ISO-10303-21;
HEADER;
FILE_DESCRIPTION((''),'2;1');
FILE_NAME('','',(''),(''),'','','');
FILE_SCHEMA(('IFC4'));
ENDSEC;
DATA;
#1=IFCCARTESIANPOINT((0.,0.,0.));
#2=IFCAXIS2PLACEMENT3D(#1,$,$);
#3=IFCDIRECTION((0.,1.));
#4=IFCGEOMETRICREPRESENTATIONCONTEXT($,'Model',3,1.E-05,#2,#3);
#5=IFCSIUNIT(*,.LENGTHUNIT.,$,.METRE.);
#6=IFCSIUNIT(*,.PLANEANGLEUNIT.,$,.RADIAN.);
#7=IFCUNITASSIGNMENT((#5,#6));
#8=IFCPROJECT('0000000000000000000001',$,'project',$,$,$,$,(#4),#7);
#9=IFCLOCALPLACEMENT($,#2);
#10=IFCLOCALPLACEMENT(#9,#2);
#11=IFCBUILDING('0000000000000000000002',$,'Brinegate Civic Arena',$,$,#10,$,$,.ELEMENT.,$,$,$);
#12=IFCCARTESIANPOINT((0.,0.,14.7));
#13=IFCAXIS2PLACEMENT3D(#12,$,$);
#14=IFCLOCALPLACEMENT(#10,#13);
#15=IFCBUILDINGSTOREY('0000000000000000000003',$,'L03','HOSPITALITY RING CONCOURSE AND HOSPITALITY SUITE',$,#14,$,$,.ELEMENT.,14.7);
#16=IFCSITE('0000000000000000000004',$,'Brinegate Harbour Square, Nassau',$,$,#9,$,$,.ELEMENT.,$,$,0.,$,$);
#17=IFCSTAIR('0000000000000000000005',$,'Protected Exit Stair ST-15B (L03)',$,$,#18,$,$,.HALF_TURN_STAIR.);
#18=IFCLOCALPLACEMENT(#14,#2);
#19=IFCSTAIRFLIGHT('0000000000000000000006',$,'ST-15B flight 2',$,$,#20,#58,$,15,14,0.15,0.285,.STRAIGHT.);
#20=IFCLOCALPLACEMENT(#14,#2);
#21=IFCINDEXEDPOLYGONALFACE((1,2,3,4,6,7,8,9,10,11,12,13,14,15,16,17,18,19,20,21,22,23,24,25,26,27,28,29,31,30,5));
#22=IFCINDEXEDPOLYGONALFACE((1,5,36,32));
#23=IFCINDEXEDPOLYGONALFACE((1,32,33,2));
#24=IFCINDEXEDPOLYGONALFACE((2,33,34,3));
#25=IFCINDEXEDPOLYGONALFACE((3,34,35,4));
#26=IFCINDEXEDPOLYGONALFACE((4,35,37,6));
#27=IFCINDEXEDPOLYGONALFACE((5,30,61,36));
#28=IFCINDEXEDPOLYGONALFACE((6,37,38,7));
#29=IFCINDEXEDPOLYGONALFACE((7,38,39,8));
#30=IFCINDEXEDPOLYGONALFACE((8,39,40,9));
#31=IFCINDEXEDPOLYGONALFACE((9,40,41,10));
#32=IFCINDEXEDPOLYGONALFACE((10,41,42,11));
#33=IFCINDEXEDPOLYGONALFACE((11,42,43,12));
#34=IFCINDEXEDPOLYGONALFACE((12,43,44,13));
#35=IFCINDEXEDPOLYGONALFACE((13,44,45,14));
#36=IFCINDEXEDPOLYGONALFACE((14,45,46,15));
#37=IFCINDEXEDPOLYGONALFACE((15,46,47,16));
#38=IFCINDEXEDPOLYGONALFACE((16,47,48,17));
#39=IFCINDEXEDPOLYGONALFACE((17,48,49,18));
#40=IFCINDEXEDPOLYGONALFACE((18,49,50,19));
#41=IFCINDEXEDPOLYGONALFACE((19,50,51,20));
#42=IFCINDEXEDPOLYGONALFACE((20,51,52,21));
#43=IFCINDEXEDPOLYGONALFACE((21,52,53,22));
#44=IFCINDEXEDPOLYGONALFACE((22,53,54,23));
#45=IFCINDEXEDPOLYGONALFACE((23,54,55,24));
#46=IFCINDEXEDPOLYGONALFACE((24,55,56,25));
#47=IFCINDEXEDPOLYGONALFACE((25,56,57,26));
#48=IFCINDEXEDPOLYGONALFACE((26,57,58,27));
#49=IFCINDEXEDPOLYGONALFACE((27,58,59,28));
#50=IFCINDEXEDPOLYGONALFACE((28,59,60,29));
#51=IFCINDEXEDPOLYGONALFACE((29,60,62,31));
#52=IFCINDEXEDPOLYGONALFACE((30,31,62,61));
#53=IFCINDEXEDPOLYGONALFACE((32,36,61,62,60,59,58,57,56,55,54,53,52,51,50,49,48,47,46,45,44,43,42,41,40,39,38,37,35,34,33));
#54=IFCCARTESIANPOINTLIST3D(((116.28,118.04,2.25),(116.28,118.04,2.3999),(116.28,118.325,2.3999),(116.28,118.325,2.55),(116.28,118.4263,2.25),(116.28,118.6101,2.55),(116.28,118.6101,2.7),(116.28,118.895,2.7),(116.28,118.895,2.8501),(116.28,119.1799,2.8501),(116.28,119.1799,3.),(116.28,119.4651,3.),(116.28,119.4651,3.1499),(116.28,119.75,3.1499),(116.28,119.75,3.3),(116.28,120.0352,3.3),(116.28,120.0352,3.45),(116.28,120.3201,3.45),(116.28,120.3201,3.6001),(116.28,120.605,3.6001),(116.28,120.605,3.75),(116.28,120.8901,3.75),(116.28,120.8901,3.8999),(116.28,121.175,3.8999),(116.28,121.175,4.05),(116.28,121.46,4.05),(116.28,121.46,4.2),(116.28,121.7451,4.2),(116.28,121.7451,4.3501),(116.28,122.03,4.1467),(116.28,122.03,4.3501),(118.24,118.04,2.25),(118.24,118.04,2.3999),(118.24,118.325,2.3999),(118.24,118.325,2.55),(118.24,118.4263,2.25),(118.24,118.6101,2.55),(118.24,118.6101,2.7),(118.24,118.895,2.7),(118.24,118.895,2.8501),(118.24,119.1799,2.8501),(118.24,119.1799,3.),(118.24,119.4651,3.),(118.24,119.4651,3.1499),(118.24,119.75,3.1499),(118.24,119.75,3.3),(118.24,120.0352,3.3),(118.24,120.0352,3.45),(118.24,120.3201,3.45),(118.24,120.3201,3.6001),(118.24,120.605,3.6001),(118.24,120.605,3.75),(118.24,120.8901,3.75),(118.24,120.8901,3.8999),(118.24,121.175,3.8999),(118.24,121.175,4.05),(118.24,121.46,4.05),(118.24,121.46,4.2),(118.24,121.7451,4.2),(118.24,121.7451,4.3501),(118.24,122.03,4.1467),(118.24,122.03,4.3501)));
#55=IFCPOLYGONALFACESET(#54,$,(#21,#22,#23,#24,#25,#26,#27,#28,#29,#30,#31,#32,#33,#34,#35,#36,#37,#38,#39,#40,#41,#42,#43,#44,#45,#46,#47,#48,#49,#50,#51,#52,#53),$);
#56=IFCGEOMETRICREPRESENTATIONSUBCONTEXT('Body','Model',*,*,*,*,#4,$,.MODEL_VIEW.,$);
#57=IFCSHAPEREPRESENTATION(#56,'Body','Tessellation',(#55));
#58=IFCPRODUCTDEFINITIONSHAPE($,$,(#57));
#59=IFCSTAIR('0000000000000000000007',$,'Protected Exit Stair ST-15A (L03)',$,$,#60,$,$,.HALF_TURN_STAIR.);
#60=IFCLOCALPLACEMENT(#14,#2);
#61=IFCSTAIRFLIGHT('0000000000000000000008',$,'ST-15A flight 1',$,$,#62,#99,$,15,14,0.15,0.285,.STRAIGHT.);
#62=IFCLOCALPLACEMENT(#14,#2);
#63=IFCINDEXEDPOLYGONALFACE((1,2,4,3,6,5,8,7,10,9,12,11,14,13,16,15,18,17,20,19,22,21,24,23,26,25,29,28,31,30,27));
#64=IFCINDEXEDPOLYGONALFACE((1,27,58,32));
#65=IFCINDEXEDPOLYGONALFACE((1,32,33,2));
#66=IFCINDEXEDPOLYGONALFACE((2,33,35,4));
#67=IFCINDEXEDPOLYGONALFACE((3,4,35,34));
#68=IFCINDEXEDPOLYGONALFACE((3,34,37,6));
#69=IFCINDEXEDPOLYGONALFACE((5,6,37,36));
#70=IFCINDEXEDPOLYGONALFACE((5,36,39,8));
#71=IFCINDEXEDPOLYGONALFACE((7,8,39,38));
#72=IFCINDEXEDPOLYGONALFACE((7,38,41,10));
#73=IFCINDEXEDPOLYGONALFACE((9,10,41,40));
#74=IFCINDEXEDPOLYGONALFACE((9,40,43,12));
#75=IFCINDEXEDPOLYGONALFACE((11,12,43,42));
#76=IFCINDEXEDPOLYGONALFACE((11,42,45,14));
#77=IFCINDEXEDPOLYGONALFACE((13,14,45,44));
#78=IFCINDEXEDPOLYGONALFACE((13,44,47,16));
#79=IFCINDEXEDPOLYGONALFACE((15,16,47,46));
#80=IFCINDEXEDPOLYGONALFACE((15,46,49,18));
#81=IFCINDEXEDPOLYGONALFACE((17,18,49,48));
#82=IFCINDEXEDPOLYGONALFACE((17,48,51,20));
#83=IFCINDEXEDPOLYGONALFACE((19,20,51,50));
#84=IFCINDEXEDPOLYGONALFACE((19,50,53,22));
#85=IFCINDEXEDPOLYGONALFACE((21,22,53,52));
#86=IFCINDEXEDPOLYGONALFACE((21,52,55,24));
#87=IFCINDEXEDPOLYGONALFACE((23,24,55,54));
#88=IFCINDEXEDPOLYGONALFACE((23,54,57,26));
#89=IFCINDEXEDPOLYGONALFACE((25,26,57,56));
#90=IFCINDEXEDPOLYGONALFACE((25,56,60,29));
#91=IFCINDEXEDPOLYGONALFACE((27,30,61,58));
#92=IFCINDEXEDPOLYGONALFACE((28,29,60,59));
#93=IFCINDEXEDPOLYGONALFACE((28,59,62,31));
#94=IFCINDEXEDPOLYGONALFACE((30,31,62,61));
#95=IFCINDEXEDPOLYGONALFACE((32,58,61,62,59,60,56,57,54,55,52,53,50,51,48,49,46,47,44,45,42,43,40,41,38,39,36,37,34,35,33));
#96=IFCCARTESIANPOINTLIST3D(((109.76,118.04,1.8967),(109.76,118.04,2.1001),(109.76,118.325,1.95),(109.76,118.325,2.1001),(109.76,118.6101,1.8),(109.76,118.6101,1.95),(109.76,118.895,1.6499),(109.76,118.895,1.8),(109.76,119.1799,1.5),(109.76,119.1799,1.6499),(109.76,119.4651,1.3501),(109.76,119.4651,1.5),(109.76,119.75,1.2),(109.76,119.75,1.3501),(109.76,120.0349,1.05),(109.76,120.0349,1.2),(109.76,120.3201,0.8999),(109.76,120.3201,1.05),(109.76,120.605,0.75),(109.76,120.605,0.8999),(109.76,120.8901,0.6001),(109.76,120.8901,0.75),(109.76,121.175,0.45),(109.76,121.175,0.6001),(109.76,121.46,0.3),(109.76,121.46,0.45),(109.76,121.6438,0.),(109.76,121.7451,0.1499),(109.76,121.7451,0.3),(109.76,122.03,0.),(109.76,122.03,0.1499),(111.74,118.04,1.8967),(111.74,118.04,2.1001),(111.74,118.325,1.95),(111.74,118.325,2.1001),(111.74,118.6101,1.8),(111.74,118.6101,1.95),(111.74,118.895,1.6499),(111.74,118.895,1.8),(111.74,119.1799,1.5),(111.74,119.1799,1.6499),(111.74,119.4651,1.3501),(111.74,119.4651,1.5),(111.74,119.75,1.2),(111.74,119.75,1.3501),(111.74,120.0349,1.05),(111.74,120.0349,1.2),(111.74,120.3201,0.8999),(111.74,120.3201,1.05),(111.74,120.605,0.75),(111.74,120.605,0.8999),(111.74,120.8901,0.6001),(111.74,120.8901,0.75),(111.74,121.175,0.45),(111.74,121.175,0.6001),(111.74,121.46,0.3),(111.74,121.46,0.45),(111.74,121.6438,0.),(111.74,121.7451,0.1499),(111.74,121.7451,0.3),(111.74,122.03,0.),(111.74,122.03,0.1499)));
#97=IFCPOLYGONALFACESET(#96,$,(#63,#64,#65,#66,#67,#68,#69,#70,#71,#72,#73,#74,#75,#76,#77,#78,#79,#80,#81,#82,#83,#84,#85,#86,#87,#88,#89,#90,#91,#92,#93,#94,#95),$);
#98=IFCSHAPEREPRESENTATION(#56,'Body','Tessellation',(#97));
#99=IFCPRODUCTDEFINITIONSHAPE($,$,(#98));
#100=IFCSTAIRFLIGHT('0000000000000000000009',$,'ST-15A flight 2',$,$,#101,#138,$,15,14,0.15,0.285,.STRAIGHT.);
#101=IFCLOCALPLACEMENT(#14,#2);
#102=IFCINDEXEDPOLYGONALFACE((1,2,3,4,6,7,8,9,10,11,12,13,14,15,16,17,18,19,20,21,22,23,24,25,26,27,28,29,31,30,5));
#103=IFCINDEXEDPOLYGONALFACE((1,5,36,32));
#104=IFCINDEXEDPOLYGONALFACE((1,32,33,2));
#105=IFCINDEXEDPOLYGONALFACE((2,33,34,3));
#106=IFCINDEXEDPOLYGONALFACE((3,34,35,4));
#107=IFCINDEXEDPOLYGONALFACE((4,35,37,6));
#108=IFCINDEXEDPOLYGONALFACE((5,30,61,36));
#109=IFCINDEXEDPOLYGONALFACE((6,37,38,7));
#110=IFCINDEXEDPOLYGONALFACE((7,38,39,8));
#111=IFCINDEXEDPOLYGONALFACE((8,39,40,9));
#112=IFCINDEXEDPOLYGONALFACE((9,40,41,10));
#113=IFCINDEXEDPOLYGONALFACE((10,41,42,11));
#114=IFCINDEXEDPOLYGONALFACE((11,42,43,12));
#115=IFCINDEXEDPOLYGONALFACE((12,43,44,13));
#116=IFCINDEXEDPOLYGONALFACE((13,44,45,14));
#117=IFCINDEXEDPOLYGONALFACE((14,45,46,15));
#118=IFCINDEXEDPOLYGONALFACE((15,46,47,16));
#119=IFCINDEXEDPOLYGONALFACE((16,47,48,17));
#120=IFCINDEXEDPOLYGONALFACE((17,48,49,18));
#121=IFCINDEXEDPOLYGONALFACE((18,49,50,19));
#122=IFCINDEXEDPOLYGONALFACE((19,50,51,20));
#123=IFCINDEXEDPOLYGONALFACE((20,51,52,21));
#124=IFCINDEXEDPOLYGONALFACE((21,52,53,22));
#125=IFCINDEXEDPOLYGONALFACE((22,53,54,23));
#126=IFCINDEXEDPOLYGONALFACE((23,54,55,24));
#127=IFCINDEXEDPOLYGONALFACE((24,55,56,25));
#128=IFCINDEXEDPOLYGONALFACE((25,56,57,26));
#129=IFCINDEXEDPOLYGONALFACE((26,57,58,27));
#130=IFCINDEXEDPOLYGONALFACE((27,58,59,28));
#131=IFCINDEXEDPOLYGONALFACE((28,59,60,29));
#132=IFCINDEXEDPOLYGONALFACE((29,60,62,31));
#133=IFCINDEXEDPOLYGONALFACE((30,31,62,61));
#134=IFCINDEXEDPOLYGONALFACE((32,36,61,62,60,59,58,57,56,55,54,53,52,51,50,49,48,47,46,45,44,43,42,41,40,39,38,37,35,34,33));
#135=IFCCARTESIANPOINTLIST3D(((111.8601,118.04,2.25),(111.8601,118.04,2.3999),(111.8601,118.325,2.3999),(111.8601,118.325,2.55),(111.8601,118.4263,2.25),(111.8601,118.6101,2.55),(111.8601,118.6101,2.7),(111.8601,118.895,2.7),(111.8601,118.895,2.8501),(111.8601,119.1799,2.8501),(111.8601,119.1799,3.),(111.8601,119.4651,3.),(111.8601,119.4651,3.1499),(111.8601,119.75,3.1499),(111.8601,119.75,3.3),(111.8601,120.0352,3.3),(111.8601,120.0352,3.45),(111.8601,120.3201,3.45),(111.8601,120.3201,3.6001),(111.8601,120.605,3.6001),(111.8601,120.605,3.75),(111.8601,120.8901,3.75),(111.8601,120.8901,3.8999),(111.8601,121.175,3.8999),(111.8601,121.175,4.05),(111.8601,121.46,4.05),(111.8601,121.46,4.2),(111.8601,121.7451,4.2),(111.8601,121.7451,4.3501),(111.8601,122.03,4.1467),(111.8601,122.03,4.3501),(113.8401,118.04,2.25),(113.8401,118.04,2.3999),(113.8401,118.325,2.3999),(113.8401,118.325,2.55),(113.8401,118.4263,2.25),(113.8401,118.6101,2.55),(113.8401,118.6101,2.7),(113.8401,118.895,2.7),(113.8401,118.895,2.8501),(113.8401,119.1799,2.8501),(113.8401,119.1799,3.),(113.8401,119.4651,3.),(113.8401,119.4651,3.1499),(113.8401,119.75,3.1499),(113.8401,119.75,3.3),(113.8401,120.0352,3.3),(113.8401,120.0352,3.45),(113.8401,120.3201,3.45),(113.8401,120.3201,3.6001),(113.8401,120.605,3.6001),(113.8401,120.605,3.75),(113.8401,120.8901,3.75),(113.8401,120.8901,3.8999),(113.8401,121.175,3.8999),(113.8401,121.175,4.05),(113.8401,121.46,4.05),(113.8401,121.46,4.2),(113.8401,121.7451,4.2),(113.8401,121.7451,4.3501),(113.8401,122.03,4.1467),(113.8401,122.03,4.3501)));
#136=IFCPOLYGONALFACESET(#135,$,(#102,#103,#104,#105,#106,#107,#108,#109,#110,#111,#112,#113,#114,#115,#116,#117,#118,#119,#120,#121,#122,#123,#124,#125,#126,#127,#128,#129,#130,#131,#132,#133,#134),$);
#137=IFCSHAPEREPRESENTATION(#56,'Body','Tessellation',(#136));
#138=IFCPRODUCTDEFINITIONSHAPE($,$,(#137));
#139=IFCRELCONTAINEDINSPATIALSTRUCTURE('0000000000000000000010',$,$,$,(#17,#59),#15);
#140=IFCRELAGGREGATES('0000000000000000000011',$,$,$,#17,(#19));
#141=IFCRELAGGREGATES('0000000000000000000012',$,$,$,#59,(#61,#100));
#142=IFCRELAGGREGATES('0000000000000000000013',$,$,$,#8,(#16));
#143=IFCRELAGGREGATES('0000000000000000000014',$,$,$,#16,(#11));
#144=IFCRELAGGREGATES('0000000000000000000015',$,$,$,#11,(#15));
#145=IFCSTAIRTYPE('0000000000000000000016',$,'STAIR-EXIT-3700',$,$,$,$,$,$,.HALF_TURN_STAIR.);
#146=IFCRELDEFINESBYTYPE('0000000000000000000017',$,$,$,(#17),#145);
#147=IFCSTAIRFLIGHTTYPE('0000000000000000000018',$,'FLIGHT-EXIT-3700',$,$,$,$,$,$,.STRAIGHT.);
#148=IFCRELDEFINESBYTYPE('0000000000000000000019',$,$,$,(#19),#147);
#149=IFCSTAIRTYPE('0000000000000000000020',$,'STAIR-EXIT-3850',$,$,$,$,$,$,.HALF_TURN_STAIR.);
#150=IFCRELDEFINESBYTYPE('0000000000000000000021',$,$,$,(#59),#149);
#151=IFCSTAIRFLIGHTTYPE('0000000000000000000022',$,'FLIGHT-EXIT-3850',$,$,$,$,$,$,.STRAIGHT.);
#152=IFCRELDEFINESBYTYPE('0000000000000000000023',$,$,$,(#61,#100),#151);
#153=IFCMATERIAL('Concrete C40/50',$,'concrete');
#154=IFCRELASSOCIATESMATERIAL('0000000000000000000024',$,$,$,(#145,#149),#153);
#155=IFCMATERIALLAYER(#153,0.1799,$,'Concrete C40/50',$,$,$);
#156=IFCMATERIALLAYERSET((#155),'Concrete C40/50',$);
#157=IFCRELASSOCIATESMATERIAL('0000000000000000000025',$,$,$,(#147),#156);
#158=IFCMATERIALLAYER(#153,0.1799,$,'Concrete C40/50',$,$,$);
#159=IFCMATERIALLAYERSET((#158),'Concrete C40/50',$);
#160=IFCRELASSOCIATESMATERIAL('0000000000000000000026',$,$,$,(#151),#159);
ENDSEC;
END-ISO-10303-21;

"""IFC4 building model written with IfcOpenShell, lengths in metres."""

from ifc_helpers import new_model, si_unit, direction, frame, origin, place, context, subcontext, project, spatial, polyline, outline, extrude, material, layer, layer_set, type_object, element, aggregate, save


model = new_model("IFC4")

# Units and contexts
model_context = context("Model", 3, precision=1e-05, world=origin(), true_north=direction((0.0, 1.0)))
body_context = subcontext(model_context, "Body", "Model", "MODEL_VIEW")
ifc_project = project(units=[si_unit("LENGTHUNIT", "METRE"), si_unit("PLANEANGLEUNIT", "RADIAN")], contexts=[model_context])

# Site, building, storey
site_placement = place(None, origin())
site = spatial("IfcSite", under=ifc_project, at=site_placement, Name="Brinegate Harbour Square, Nassau", CompositionType="ELEMENT", RefElevation=0.0)
building_placement = place(site_placement, origin())
building = spatial("IfcBuilding", under=site, at=building_placement, Name="Brinegate Civic Arena", CompositionType="ELEMENT")
storey_placement = place(building_placement, frame((0.0, 0.0, 14.7)))
storey = spatial("IfcBuildingStorey", under=building, at=storey_placement, Name="L03", Description="HOSPITALITY RING CONCOURSE AND HOSPITALITY SUITE", CompositionType="ELEMENT", Elevation=14.7)

# Stairs, stair flights
ifc_material_1 = material(Name="Concrete C40/50", Category="concrete")
stair_type_1 = type_object("IfcStairType", Name="STAIR-EXIT-3700", PredefinedType="HALF_TURN_STAIR", material=ifc_material_1)
stair_1_placement = place(storey_placement, origin())
stair_1 = element("IfcStair", 1, at=stair_1_placement, inside=storey, type_object=stair_type_1, Name="Protected Exit Stair ST-15B (L03)", PredefinedType="HALF_TURN_STAIR")
ifc_layer_1 = layer(ifc_material_1, 0.1799, Name="Concrete C40/50")
ifc_layer_set_1 = layer_set([ifc_layer_1], Name="Concrete C40/50")
stair_flight_type_1 = type_object("IfcStairFlightType", Name="FLIGHT-EXIT-3700", PredefinedType="STRAIGHT", material=ifc_layer_set_1)
stair_flight_1_placement = place(storey_placement, frame((117.26, 118.04, 2.25), z_axis=(0.0, 0.0, 1.0), x_axis=(0.0, 1.0, 0.0)))
stair_flight_1 = element("IfcStairFlight", 2, at=stair_flight_1_placement, type_object=stair_flight_type_1, Name="ST-15B flight 2", NumberOfRisers=15, NumberOfTreads=14, PredefinedType="STRAIGHT", RiserHeight=0.15, TreadLength=0.285, context=body_context, shape_type="SweptSolid", body=[
    extrude(outline(polyline([(0.0, 0.0), (0.0, 0.1499), (0.2849, 0.1499), (0.2849, 0.3), (0.5701, 0.3), (0.5701, 0.45), (0.855, 0.45), (0.855, 0.6001), (1.1399, 0.6001), (1.1399, 0.75), (1.425, 0.75), (1.425, 0.8999), (1.71, 0.8999), (1.71, 1.05), (1.9951, 1.05), (1.9951, 1.2), (2.28, 1.2), (2.28, 1.3501), (2.5649, 1.3501), (2.5649, 1.5), (2.8501, 1.5), (2.8501, 1.6499), (3.135, 1.6499), (3.135, 1.8), (3.4199, 1.8), (3.4199, 1.95), (3.7051, 1.95), (3.7051, 2.1001), (3.99, 2.1001), (3.99, 2.25), (3.99, 1.8967), (0.3862, 0.0), (0.0, 0.0)])), frame((0.0, 0.98, 0.0), z_axis=(0.0, -1.0, 0.0), x_axis=(1.0, 0.0, 0.0)), (0.0, 0.0, 1.0), 1.96),
])
aggregate(stair_1, [stair_flight_1])
stair_type_2 = type_object("IfcStairType", Name="STAIR-EXIT-3850", PredefinedType="HALF_TURN_STAIR", material=ifc_material_1)
stair_2_placement = place(storey_placement, origin())
stair_2 = element("IfcStair", 3, at=stair_2_placement, inside=storey, type_object=stair_type_2, Name="Protected Exit Stair ST-15A (L03)", PredefinedType="HALF_TURN_STAIR")
ifc_layer_2 = layer(ifc_material_1, 0.1799, Name="Concrete C40/50")
ifc_layer_set_2 = layer_set([ifc_layer_2], Name="Concrete C40/50")
stair_flight_type_2 = type_object("IfcStairFlightType", Name="FLIGHT-EXIT-3850", PredefinedType="STRAIGHT", material=ifc_layer_set_2)
stair_flight_2_placement = place(storey_placement, frame((110.75, 122.03, 0.0), z_axis=(0.0, 0.0, 1.0), x_axis=(0.0, -1.0, 0.0)))
stair_flight_2 = element("IfcStairFlight", 4, at=stair_flight_2_placement, type_object=stair_flight_type_2, Name="ST-15A flight 1", NumberOfRisers=15, NumberOfTreads=14, PredefinedType="STRAIGHT", RiserHeight=0.15, TreadLength=0.285, context=body_context, shape_type="SweptSolid", body=[
    extrude(outline(polyline([(0.0, 0.0), (0.0, 0.1499), (0.2849, 0.1499), (0.2849, 0.3), (0.5701, 0.3), (0.5701, 0.45), (0.855, 0.45), (0.855, 0.6001), (1.1399, 0.6001), (1.1399, 0.75), (1.425, 0.75), (1.425, 0.8999), (1.71, 0.8999), (1.71, 1.05), (1.9951, 1.05), (1.9951, 1.2), (2.28, 1.2), (2.28, 1.3501), (2.5649, 1.3501), (2.5649, 1.5), (2.8501, 1.5), (2.8501, 1.6499), (3.135, 1.6499), (3.135, 1.8), (3.4199, 1.8), (3.4199, 1.95), (3.7051, 1.95), (3.7051, 2.1001), (3.99, 2.1001), (3.99, 2.25), (3.99, 1.8967), (0.3862, 0.0), (0.0, 0.0)])), frame((0.0, 0.99, 0.0), z_axis=(0.0, -1.0, 0.0), x_axis=(1.0, 0.0, 0.0)), (0.0, 0.0, 1.0), 1.98),
])
stair_flight_3_placement = place(storey_placement, frame((112.8501, 118.04, 2.25), z_axis=(0.0, 0.0, 1.0), x_axis=(0.0, 1.0, 0.0)))
stair_flight_3 = element("IfcStairFlight", 5, at=stair_flight_3_placement, type_object=stair_flight_type_2, Name="ST-15A flight 2", NumberOfRisers=15, NumberOfTreads=14, PredefinedType="STRAIGHT", RiserHeight=0.15, TreadLength=0.285, context=body_context, shape_type="SweptSolid", body=[
    extrude(outline(polyline([(0.0, 0.0), (0.0, 0.1499), (0.2849, 0.1499), (0.2849, 0.3), (0.5701, 0.3), (0.5701, 0.45), (0.855, 0.45), (0.855, 0.6001), (1.1399, 0.6001), (1.1399, 0.75), (1.425, 0.75), (1.425, 0.8999), (1.71, 0.8999), (1.71, 1.05), (1.9951, 1.05), (1.9951, 1.2), (2.28, 1.2), (2.28, 1.3501), (2.5649, 1.3501), (2.5649, 1.5), (2.8501, 1.5), (2.8501, 1.6499), (3.135, 1.6499), (3.135, 1.8), (3.4199, 1.8), (3.4199, 1.95), (3.7051, 1.95), (3.7051, 2.1001), (3.99, 2.1001), (3.99, 2.25), (3.99, 1.8967), (0.3862, 0.0), (0.0, 0.0)])), frame((0.0, 0.99, 0.0), z_axis=(0.0, -1.0, 0.0), x_axis=(1.0, 0.0, 0.0)), (0.0, 0.0, 1.0), 1.98),
])
aggregate(stair_2, [stair_flight_2, stair_flight_3])

save(model, "model.ifc")
